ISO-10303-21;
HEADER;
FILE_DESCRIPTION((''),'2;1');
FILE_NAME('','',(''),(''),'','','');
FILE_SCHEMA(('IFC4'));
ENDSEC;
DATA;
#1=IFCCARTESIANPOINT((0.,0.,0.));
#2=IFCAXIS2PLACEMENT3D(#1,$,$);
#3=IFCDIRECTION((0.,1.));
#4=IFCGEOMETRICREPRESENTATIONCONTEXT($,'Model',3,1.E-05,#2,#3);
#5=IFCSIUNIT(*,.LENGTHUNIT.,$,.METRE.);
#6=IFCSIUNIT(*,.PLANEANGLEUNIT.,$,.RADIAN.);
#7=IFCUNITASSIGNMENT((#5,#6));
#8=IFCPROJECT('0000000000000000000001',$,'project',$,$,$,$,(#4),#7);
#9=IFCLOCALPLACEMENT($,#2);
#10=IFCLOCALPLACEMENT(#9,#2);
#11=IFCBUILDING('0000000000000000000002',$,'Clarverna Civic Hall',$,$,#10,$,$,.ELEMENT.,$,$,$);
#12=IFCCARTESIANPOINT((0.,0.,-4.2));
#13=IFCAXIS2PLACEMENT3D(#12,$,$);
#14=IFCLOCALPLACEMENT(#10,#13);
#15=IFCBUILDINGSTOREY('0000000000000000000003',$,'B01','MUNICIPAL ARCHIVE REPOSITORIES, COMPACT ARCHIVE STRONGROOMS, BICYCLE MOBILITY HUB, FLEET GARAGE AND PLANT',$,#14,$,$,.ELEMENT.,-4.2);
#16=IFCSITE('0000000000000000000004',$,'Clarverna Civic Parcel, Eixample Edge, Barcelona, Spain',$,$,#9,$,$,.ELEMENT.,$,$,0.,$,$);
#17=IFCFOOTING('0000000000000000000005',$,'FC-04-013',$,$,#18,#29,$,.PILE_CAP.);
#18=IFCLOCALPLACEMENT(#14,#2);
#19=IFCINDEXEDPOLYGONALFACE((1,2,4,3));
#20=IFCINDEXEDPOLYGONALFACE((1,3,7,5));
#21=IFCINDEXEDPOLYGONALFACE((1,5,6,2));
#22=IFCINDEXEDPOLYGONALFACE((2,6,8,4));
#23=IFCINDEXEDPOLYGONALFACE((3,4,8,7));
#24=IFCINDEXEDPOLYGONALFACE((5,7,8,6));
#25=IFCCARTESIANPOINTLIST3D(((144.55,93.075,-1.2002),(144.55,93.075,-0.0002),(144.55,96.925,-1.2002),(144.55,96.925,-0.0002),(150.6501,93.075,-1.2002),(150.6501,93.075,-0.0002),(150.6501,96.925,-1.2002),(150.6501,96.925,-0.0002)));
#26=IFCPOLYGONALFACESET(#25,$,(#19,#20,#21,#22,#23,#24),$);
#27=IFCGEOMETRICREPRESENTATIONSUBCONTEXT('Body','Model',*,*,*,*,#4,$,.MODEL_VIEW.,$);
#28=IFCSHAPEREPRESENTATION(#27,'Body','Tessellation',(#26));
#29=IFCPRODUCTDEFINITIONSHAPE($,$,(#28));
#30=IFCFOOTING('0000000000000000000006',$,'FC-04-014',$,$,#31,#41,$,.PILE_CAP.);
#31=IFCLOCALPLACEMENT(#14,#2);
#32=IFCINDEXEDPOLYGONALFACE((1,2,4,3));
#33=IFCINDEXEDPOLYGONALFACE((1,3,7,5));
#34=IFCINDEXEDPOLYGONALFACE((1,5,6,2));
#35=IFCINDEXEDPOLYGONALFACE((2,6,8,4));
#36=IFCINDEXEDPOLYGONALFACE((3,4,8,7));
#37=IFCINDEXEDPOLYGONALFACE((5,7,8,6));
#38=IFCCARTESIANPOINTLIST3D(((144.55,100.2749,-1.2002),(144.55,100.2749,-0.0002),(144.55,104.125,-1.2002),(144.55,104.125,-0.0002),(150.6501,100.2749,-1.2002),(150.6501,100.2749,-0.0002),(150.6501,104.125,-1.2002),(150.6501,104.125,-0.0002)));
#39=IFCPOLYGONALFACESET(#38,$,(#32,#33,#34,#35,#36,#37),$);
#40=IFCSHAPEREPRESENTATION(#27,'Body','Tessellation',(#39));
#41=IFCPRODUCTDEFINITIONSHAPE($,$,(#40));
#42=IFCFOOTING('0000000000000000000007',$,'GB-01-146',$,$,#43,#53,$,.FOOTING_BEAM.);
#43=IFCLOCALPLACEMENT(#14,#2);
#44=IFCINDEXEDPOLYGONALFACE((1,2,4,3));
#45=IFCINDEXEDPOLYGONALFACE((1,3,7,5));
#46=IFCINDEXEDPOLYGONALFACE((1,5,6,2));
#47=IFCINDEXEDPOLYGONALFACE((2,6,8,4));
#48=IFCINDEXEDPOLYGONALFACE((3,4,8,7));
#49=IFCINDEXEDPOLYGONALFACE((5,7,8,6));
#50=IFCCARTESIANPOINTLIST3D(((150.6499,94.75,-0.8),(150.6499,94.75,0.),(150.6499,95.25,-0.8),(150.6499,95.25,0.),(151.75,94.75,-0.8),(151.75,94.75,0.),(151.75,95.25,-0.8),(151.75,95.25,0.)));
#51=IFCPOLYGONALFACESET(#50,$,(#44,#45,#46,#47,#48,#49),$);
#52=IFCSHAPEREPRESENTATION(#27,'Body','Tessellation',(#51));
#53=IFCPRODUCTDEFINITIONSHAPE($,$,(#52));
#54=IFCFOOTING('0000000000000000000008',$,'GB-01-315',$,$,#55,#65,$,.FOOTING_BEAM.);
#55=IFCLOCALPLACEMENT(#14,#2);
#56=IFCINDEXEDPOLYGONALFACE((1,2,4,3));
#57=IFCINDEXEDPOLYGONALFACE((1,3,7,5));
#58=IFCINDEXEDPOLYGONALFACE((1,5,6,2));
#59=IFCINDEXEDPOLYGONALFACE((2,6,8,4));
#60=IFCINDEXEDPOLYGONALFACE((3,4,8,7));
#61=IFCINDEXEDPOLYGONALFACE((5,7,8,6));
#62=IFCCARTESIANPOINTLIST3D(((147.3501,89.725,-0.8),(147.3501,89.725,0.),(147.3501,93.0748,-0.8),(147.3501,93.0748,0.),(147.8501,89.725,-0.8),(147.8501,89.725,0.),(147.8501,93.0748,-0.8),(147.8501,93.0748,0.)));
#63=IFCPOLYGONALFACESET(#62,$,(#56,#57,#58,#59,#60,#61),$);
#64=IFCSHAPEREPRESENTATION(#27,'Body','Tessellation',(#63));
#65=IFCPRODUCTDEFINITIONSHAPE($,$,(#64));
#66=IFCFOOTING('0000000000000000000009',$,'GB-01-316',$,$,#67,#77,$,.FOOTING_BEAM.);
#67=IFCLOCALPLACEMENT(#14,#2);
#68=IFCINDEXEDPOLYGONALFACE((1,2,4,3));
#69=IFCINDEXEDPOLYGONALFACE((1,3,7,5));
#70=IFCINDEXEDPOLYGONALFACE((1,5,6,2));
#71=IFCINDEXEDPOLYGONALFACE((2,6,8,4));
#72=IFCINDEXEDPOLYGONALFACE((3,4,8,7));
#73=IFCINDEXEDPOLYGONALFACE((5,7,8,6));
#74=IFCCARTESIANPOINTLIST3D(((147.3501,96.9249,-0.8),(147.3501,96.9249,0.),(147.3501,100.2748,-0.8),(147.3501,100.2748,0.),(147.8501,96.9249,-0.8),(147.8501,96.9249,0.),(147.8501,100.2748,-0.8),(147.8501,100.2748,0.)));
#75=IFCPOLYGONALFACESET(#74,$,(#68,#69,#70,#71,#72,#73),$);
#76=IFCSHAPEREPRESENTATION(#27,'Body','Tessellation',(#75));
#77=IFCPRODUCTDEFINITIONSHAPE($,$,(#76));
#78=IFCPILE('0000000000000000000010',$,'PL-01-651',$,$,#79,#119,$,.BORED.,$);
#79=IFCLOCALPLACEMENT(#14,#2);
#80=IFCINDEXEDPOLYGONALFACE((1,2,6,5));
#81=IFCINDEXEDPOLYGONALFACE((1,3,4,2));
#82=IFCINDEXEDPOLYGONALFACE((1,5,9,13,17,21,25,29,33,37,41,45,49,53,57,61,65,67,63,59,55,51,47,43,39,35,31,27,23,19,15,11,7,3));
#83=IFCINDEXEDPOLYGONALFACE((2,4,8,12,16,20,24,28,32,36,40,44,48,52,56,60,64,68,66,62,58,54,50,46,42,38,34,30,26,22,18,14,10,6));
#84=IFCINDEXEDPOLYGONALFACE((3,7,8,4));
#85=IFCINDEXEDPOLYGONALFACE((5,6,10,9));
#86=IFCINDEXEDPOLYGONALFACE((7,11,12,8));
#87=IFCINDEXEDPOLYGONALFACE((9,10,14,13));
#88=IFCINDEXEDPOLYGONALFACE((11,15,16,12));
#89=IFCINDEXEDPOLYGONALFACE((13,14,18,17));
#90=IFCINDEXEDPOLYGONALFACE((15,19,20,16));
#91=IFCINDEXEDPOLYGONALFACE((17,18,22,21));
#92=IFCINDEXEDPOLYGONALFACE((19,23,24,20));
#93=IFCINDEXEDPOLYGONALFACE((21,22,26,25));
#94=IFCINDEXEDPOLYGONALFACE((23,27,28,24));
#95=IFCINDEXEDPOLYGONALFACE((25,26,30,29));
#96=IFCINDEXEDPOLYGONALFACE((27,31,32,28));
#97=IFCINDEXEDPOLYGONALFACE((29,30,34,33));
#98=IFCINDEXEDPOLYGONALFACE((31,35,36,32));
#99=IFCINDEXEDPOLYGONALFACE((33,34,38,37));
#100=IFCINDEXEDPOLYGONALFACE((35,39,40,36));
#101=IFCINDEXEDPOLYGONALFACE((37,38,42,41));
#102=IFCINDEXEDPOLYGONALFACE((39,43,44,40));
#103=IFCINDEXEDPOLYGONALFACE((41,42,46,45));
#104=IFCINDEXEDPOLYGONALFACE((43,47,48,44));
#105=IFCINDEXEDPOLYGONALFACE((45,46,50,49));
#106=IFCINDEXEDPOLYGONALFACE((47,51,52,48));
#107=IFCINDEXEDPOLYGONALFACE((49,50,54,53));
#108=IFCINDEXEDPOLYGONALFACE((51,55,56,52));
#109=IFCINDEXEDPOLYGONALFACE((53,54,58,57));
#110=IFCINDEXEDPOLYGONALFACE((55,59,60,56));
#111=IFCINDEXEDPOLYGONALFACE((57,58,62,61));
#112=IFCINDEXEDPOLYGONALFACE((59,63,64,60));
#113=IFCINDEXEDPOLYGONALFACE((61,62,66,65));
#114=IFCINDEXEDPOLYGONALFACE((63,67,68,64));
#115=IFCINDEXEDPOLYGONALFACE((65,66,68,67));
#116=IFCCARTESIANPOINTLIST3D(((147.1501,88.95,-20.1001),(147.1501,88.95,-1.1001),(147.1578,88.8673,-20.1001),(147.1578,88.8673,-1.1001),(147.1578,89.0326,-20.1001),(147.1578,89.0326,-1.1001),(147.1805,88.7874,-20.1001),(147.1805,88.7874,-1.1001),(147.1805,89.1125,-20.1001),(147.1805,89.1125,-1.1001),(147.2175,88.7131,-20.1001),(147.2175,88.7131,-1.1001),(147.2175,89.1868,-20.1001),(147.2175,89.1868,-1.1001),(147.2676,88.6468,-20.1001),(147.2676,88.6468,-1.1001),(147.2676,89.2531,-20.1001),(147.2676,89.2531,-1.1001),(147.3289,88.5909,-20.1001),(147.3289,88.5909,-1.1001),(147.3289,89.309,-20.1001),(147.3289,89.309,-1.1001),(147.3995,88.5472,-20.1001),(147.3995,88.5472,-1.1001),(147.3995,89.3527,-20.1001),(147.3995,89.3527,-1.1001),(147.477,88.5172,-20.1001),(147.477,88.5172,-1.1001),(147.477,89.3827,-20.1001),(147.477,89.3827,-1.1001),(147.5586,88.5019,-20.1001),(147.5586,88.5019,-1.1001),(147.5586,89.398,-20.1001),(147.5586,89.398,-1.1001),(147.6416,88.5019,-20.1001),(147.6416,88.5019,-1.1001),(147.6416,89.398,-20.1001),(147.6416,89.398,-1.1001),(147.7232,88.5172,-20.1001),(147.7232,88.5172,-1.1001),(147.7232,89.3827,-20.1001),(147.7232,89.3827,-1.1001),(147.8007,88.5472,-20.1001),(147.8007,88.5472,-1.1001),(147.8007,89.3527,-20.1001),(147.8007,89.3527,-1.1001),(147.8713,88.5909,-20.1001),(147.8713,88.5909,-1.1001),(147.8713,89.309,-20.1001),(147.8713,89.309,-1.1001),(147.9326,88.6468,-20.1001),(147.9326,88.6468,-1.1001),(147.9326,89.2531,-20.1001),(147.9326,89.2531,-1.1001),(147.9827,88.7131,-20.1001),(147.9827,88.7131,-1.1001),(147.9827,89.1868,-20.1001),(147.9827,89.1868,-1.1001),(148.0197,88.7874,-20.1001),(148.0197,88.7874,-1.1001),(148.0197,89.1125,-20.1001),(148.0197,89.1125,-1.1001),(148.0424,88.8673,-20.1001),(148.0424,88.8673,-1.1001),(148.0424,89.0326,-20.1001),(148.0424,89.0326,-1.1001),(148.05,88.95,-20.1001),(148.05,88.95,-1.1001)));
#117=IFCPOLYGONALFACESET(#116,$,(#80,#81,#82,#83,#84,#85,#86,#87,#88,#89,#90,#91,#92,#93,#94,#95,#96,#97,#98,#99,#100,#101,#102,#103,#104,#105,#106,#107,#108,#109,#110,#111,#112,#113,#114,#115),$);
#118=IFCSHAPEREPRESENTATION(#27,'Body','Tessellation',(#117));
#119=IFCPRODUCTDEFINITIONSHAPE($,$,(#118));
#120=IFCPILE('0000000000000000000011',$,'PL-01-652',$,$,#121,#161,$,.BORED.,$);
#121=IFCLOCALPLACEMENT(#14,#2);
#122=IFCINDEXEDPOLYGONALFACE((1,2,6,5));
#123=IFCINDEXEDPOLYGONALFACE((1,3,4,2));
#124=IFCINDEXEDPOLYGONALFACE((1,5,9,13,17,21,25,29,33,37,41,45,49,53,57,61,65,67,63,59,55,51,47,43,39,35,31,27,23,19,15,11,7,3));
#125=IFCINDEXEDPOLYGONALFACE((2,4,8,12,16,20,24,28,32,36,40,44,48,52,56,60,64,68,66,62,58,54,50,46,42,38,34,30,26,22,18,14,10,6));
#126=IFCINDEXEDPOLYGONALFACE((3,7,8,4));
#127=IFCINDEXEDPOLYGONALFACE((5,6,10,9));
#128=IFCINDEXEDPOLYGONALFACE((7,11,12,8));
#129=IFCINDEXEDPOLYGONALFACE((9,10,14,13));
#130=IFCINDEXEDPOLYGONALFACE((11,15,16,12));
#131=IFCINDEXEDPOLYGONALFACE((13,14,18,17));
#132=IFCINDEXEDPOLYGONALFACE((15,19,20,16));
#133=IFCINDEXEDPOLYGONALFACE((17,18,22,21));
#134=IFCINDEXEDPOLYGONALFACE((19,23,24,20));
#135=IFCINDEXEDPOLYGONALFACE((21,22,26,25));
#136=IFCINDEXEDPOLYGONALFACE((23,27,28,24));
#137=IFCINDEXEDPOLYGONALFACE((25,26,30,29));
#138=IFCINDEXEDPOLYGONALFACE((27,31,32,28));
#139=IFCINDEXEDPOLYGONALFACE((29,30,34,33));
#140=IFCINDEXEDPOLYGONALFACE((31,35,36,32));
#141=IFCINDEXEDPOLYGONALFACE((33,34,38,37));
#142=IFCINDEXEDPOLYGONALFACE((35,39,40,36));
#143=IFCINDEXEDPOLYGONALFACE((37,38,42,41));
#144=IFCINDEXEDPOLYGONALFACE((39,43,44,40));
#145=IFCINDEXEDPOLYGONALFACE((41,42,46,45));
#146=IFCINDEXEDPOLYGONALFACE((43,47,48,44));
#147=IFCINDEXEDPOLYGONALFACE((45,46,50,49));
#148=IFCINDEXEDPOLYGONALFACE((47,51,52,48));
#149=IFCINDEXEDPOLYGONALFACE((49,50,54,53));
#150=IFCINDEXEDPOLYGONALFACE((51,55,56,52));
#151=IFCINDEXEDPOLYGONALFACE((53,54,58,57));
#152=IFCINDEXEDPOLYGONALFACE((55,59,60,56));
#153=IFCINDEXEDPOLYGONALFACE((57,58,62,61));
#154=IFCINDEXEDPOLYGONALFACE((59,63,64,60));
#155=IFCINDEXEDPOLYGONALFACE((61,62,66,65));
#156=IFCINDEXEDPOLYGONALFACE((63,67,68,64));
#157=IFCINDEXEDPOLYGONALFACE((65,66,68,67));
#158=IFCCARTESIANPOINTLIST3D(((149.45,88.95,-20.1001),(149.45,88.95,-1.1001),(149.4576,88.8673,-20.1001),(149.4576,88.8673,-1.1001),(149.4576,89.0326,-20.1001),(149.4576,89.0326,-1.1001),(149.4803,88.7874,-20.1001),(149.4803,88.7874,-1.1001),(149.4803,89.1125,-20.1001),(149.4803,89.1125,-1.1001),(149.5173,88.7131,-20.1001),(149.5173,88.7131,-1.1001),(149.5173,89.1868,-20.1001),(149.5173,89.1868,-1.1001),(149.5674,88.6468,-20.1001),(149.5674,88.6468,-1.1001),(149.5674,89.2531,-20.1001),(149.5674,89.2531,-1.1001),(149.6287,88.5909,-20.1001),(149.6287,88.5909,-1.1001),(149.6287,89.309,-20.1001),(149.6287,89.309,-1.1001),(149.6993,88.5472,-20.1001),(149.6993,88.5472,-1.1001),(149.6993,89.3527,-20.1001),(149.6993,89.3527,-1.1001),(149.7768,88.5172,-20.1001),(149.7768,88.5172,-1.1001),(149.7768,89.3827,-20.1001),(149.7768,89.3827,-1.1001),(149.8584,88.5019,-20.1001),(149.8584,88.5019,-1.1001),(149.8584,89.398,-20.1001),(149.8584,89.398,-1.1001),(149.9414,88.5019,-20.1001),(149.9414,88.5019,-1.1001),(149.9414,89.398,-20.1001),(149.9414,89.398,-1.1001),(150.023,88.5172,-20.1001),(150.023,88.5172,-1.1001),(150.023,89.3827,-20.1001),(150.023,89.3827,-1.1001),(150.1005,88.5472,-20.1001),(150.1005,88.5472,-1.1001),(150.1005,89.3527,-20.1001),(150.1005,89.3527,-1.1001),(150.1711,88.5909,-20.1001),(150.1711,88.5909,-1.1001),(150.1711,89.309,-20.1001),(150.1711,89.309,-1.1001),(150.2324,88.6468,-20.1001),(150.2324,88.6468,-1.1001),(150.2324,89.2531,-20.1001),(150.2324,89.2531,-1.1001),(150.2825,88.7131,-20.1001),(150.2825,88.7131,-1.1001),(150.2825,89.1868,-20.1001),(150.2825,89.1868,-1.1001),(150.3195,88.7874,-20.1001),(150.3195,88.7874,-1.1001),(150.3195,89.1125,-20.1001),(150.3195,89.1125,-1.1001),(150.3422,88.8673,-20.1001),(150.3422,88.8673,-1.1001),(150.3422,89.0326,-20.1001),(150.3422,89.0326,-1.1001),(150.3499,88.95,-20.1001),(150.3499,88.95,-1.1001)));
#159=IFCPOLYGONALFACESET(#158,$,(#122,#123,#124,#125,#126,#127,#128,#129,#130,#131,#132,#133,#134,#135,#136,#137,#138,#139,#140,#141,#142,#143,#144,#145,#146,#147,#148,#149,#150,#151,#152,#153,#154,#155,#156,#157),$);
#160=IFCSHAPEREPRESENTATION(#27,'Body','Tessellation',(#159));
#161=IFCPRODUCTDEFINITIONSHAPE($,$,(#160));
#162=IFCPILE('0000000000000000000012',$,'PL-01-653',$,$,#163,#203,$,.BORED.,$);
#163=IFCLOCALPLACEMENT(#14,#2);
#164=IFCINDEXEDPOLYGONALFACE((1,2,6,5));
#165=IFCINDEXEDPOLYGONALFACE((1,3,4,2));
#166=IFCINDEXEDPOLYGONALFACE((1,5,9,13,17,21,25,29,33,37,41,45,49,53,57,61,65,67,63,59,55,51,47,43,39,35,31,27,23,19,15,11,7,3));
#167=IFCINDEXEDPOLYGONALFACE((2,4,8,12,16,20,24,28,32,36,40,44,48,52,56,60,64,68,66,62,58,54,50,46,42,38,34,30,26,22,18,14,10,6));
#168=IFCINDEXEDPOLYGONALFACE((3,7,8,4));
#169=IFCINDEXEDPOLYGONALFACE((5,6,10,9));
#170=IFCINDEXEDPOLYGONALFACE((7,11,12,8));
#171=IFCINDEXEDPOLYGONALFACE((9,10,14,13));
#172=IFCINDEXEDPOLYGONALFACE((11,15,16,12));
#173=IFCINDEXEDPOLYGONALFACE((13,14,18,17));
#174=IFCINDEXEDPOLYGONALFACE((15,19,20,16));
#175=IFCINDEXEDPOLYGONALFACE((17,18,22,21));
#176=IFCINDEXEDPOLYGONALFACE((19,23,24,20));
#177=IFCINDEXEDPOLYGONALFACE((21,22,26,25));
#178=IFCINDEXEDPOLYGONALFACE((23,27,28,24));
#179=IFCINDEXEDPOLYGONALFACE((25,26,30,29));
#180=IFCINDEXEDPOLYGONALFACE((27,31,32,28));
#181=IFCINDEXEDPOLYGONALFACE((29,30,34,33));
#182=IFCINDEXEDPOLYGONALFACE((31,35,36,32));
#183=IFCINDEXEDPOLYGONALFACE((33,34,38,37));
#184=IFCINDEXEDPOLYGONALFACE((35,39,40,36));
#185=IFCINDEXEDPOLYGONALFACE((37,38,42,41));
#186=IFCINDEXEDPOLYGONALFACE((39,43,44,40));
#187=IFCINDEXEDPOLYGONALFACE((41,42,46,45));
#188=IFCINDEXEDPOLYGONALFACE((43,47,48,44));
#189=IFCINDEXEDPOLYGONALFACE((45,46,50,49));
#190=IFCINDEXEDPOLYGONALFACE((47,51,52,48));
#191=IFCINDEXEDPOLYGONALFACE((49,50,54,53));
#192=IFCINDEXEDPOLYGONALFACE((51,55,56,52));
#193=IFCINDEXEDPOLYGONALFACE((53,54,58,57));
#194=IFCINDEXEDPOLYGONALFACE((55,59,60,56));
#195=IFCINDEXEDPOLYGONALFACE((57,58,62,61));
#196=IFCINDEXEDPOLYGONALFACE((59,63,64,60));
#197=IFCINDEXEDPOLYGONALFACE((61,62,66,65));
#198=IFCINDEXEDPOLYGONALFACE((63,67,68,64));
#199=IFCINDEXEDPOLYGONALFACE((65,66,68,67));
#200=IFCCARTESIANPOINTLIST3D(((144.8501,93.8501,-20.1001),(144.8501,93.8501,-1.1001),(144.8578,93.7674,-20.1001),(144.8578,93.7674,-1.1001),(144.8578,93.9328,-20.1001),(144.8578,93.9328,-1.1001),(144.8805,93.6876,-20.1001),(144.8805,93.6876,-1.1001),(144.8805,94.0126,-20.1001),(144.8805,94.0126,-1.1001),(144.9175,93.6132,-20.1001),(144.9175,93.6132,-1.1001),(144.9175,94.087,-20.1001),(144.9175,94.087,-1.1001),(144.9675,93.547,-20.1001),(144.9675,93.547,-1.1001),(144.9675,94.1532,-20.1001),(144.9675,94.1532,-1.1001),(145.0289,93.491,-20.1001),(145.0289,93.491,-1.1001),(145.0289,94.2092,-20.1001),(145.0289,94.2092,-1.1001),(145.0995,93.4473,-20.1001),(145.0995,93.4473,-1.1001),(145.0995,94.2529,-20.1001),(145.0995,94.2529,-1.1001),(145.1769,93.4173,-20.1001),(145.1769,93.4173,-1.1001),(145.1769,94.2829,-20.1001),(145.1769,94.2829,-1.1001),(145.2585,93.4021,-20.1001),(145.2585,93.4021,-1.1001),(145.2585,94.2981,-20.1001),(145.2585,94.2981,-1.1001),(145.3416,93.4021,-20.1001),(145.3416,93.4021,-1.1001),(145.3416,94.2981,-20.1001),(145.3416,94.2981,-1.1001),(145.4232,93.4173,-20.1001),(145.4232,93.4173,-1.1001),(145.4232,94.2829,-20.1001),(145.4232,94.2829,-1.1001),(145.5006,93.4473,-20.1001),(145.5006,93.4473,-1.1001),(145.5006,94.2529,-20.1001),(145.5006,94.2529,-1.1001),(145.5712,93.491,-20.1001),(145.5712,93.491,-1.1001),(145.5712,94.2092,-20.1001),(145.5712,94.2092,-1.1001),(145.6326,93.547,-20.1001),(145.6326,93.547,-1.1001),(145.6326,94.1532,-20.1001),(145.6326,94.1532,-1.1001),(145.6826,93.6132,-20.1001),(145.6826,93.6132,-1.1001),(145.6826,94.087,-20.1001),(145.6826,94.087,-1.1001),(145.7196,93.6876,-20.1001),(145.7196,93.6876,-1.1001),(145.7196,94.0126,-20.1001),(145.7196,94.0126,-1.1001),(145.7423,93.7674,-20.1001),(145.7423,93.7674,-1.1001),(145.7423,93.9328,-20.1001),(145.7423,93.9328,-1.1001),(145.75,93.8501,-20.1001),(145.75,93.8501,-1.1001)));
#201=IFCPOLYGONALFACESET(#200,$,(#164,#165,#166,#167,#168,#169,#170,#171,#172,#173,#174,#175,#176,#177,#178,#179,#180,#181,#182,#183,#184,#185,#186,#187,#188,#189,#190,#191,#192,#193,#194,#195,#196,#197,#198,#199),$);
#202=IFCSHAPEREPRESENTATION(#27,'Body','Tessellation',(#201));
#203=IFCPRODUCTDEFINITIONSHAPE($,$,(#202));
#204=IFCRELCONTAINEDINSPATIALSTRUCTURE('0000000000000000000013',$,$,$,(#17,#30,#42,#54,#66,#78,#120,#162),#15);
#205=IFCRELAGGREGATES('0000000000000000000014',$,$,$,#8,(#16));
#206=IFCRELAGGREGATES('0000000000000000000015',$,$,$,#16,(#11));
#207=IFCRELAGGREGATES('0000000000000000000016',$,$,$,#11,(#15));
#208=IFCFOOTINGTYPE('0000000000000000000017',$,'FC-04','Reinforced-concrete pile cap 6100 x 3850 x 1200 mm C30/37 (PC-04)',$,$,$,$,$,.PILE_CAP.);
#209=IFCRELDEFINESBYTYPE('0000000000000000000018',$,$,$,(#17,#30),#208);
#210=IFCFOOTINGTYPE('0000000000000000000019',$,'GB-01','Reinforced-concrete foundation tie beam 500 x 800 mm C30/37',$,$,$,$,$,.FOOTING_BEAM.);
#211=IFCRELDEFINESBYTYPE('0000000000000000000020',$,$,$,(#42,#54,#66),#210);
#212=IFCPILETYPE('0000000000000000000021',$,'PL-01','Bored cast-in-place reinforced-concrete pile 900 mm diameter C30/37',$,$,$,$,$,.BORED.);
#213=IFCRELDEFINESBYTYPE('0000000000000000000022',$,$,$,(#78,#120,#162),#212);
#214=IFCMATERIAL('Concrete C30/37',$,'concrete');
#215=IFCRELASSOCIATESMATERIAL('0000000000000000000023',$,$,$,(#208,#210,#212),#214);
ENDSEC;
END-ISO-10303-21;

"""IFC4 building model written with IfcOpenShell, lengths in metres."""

from ifc_helpers import new_model, si_unit, direction, frame, frame_2d, origin, origin_2d, place, context, subcontext, project, spatial, rectangle, circle, extrude, material, material_profile, profile_set, type_object, element, save


model = new_model("IFC4")

# Units and contexts
model_context = context("Model", 3, precision=1e-05, world=origin(), true_north=direction((0.0, 1.0)))
body_context = subcontext(model_context, "Body", "Model", "MODEL_VIEW")
ifc_project = project(units=[si_unit("LENGTHUNIT", "METRE"), si_unit("PLANEANGLEUNIT", "RADIAN")], contexts=[model_context])

# Site, building, storey
site_placement = place(None, origin())
site = spatial("IfcSite", under=ifc_project, at=site_placement, Name="Clarverna Civic Parcel, Eixample Edge, Barcelona, Spain", CompositionType="ELEMENT", RefElevation=0.0)
building_placement = place(site_placement, origin())
building = spatial("IfcBuilding", under=site, at=building_placement, Name="Clarverna Civic Hall", CompositionType="ELEMENT")
storey_placement = place(building_placement, frame((0.0, 0.0, -4.2)))
storey = spatial("IfcBuildingStorey", under=building, at=storey_placement, Name="B01", Description="MUNICIPAL ARCHIVE REPOSITORIES, COMPACT ARCHIVE STRONGROOMS, BICYCLE MOBILITY HUB, FLEET GARAGE AND PLANT", CompositionType="ELEMENT", Elevation=-4.2)

# Footings
ifc_material_1 = material(Name="Concrete C30/37", Category="concrete")
footing_type_1 = type_object("IfcFootingType", Name="FC-04", Description="Reinforced-concrete pile cap 6100 x 3850 x 1200 mm C30/37 (PC-04)", PredefinedType="PILE_CAP", material=ifc_material_1)
for number, where, z_axis, x_axis, name in (
    (1, (147.6001, 95.0, -1.2002), (0.0, 0.0, 1.0), (1.0, 0.0, 0.0), "FC-04-013"),
    (2, (147.6001, 102.2, -1.2002), (0.0, 0.0, 1.0), (1.0, 0.0, 0.0), "FC-04-014"),
):
    element("IfcFooting", number, at=place(storey_placement, frame(where, z_axis=z_axis, x_axis=x_axis)), inside=storey, type_object=footing_type_1, Name=name, PredefinedType="PILE_CAP", context=body_context, shape_type="SweptSolid", body=[
        extrude(rectangle(XDim=6.1001, YDim=3.8501, at=origin_2d()), origin(), (0.0, 0.0, 1.0), 1.2),
    ])
footing_type_2 = type_object("IfcFootingType", Name="GB-01", Description="Reinforced-concrete foundation tie beam 500 x 800 mm C30/37", PredefinedType="FOOTING_BEAM", material=ifc_material_1)
footing_placement = place(storey_placement, frame((150.6499, 95.0, -0.8), z_axis=(0.0, 0.0, 1.0), x_axis=(1.0, 0.0, 0.0)))
element("IfcFooting", 3, at=footing_placement, inside=storey, type_object=footing_type_2, Name="GB-01-146", PredefinedType="FOOTING_BEAM", context=body_context, shape_type="SweptSolid", body=[
    extrude(rectangle(XDim=1.1001, YDim=0.5, at=frame_2d((0.55, 0.0))), origin(), (0.0, 0.0, 1.0), 0.8),
])
for number, where, z_axis, x_axis, name in (
    (4, (147.6001, 89.7251, -0.8), (0.0, 0.0, 1.0), (0.0, 1.0, 0.0), "GB-01-315"),
    (5, (147.6001, 96.925, -0.8), (0.0, 0.0, 1.0), (0.0, 1.0, 0.0), "GB-01-316"),
):
    element("IfcFooting", number, at=place(storey_placement, frame(where, z_axis=z_axis, x_axis=x_axis)), inside=storey, type_object=footing_type_2, Name=name, PredefinedType="FOOTING_BEAM", context=body_context, shape_type="SweptSolid", body=[
        extrude(rectangle(XDim=3.3499, YDim=0.5, at=frame_2d((1.6748, 0.0))), origin(), (0.0, 0.0, 1.0), 0.8),
    ])

# Piles
ifc_material_profile_1 = material_profile(ifc_material_1, circle(Radius=0.45, at=origin_2d()), Name="BORED PILE D900")
ifc_profile_set_1 = profile_set([ifc_material_profile_1], Name="Concrete C30/37")
pile_type = type_object("IfcPileType", Name="PL-01", Description="Bored cast-in-place reinforced-concrete pile 900 mm diameter C30/37", PredefinedType="BORED", material=ifc_profile_set_1)
for number, where, z_axis, x_axis, name in (
    (6, (147.6001, 88.95, -1.1001), (0.0, 0.0, -1.0), (1.0, 0.0, 0.0), "PL-01-651"),
    (7, (149.8999, 88.95, -1.1001), (0.0, 0.0, -1.0), (1.0, 0.0, 0.0), "PL-01-652"),
    (8, (145.3, 93.8501, -1.1001), (0.0, 0.0, -1.0), (1.0, 0.0, 0.0), "PL-01-653"),
):
    element("IfcPile", number, at=place(storey_placement, frame(where, z_axis=z_axis, x_axis=x_axis)), inside=storey, type_object=pile_type, Name=name, PredefinedType="BORED", context=body_context, shape_type="SweptSolid", body=[
        extrude(circle(Radius=0.45, at=origin_2d()), origin(), (0.0, 0.0, 1.0), 19.0),
    ])

save(model, "model.ifc")
